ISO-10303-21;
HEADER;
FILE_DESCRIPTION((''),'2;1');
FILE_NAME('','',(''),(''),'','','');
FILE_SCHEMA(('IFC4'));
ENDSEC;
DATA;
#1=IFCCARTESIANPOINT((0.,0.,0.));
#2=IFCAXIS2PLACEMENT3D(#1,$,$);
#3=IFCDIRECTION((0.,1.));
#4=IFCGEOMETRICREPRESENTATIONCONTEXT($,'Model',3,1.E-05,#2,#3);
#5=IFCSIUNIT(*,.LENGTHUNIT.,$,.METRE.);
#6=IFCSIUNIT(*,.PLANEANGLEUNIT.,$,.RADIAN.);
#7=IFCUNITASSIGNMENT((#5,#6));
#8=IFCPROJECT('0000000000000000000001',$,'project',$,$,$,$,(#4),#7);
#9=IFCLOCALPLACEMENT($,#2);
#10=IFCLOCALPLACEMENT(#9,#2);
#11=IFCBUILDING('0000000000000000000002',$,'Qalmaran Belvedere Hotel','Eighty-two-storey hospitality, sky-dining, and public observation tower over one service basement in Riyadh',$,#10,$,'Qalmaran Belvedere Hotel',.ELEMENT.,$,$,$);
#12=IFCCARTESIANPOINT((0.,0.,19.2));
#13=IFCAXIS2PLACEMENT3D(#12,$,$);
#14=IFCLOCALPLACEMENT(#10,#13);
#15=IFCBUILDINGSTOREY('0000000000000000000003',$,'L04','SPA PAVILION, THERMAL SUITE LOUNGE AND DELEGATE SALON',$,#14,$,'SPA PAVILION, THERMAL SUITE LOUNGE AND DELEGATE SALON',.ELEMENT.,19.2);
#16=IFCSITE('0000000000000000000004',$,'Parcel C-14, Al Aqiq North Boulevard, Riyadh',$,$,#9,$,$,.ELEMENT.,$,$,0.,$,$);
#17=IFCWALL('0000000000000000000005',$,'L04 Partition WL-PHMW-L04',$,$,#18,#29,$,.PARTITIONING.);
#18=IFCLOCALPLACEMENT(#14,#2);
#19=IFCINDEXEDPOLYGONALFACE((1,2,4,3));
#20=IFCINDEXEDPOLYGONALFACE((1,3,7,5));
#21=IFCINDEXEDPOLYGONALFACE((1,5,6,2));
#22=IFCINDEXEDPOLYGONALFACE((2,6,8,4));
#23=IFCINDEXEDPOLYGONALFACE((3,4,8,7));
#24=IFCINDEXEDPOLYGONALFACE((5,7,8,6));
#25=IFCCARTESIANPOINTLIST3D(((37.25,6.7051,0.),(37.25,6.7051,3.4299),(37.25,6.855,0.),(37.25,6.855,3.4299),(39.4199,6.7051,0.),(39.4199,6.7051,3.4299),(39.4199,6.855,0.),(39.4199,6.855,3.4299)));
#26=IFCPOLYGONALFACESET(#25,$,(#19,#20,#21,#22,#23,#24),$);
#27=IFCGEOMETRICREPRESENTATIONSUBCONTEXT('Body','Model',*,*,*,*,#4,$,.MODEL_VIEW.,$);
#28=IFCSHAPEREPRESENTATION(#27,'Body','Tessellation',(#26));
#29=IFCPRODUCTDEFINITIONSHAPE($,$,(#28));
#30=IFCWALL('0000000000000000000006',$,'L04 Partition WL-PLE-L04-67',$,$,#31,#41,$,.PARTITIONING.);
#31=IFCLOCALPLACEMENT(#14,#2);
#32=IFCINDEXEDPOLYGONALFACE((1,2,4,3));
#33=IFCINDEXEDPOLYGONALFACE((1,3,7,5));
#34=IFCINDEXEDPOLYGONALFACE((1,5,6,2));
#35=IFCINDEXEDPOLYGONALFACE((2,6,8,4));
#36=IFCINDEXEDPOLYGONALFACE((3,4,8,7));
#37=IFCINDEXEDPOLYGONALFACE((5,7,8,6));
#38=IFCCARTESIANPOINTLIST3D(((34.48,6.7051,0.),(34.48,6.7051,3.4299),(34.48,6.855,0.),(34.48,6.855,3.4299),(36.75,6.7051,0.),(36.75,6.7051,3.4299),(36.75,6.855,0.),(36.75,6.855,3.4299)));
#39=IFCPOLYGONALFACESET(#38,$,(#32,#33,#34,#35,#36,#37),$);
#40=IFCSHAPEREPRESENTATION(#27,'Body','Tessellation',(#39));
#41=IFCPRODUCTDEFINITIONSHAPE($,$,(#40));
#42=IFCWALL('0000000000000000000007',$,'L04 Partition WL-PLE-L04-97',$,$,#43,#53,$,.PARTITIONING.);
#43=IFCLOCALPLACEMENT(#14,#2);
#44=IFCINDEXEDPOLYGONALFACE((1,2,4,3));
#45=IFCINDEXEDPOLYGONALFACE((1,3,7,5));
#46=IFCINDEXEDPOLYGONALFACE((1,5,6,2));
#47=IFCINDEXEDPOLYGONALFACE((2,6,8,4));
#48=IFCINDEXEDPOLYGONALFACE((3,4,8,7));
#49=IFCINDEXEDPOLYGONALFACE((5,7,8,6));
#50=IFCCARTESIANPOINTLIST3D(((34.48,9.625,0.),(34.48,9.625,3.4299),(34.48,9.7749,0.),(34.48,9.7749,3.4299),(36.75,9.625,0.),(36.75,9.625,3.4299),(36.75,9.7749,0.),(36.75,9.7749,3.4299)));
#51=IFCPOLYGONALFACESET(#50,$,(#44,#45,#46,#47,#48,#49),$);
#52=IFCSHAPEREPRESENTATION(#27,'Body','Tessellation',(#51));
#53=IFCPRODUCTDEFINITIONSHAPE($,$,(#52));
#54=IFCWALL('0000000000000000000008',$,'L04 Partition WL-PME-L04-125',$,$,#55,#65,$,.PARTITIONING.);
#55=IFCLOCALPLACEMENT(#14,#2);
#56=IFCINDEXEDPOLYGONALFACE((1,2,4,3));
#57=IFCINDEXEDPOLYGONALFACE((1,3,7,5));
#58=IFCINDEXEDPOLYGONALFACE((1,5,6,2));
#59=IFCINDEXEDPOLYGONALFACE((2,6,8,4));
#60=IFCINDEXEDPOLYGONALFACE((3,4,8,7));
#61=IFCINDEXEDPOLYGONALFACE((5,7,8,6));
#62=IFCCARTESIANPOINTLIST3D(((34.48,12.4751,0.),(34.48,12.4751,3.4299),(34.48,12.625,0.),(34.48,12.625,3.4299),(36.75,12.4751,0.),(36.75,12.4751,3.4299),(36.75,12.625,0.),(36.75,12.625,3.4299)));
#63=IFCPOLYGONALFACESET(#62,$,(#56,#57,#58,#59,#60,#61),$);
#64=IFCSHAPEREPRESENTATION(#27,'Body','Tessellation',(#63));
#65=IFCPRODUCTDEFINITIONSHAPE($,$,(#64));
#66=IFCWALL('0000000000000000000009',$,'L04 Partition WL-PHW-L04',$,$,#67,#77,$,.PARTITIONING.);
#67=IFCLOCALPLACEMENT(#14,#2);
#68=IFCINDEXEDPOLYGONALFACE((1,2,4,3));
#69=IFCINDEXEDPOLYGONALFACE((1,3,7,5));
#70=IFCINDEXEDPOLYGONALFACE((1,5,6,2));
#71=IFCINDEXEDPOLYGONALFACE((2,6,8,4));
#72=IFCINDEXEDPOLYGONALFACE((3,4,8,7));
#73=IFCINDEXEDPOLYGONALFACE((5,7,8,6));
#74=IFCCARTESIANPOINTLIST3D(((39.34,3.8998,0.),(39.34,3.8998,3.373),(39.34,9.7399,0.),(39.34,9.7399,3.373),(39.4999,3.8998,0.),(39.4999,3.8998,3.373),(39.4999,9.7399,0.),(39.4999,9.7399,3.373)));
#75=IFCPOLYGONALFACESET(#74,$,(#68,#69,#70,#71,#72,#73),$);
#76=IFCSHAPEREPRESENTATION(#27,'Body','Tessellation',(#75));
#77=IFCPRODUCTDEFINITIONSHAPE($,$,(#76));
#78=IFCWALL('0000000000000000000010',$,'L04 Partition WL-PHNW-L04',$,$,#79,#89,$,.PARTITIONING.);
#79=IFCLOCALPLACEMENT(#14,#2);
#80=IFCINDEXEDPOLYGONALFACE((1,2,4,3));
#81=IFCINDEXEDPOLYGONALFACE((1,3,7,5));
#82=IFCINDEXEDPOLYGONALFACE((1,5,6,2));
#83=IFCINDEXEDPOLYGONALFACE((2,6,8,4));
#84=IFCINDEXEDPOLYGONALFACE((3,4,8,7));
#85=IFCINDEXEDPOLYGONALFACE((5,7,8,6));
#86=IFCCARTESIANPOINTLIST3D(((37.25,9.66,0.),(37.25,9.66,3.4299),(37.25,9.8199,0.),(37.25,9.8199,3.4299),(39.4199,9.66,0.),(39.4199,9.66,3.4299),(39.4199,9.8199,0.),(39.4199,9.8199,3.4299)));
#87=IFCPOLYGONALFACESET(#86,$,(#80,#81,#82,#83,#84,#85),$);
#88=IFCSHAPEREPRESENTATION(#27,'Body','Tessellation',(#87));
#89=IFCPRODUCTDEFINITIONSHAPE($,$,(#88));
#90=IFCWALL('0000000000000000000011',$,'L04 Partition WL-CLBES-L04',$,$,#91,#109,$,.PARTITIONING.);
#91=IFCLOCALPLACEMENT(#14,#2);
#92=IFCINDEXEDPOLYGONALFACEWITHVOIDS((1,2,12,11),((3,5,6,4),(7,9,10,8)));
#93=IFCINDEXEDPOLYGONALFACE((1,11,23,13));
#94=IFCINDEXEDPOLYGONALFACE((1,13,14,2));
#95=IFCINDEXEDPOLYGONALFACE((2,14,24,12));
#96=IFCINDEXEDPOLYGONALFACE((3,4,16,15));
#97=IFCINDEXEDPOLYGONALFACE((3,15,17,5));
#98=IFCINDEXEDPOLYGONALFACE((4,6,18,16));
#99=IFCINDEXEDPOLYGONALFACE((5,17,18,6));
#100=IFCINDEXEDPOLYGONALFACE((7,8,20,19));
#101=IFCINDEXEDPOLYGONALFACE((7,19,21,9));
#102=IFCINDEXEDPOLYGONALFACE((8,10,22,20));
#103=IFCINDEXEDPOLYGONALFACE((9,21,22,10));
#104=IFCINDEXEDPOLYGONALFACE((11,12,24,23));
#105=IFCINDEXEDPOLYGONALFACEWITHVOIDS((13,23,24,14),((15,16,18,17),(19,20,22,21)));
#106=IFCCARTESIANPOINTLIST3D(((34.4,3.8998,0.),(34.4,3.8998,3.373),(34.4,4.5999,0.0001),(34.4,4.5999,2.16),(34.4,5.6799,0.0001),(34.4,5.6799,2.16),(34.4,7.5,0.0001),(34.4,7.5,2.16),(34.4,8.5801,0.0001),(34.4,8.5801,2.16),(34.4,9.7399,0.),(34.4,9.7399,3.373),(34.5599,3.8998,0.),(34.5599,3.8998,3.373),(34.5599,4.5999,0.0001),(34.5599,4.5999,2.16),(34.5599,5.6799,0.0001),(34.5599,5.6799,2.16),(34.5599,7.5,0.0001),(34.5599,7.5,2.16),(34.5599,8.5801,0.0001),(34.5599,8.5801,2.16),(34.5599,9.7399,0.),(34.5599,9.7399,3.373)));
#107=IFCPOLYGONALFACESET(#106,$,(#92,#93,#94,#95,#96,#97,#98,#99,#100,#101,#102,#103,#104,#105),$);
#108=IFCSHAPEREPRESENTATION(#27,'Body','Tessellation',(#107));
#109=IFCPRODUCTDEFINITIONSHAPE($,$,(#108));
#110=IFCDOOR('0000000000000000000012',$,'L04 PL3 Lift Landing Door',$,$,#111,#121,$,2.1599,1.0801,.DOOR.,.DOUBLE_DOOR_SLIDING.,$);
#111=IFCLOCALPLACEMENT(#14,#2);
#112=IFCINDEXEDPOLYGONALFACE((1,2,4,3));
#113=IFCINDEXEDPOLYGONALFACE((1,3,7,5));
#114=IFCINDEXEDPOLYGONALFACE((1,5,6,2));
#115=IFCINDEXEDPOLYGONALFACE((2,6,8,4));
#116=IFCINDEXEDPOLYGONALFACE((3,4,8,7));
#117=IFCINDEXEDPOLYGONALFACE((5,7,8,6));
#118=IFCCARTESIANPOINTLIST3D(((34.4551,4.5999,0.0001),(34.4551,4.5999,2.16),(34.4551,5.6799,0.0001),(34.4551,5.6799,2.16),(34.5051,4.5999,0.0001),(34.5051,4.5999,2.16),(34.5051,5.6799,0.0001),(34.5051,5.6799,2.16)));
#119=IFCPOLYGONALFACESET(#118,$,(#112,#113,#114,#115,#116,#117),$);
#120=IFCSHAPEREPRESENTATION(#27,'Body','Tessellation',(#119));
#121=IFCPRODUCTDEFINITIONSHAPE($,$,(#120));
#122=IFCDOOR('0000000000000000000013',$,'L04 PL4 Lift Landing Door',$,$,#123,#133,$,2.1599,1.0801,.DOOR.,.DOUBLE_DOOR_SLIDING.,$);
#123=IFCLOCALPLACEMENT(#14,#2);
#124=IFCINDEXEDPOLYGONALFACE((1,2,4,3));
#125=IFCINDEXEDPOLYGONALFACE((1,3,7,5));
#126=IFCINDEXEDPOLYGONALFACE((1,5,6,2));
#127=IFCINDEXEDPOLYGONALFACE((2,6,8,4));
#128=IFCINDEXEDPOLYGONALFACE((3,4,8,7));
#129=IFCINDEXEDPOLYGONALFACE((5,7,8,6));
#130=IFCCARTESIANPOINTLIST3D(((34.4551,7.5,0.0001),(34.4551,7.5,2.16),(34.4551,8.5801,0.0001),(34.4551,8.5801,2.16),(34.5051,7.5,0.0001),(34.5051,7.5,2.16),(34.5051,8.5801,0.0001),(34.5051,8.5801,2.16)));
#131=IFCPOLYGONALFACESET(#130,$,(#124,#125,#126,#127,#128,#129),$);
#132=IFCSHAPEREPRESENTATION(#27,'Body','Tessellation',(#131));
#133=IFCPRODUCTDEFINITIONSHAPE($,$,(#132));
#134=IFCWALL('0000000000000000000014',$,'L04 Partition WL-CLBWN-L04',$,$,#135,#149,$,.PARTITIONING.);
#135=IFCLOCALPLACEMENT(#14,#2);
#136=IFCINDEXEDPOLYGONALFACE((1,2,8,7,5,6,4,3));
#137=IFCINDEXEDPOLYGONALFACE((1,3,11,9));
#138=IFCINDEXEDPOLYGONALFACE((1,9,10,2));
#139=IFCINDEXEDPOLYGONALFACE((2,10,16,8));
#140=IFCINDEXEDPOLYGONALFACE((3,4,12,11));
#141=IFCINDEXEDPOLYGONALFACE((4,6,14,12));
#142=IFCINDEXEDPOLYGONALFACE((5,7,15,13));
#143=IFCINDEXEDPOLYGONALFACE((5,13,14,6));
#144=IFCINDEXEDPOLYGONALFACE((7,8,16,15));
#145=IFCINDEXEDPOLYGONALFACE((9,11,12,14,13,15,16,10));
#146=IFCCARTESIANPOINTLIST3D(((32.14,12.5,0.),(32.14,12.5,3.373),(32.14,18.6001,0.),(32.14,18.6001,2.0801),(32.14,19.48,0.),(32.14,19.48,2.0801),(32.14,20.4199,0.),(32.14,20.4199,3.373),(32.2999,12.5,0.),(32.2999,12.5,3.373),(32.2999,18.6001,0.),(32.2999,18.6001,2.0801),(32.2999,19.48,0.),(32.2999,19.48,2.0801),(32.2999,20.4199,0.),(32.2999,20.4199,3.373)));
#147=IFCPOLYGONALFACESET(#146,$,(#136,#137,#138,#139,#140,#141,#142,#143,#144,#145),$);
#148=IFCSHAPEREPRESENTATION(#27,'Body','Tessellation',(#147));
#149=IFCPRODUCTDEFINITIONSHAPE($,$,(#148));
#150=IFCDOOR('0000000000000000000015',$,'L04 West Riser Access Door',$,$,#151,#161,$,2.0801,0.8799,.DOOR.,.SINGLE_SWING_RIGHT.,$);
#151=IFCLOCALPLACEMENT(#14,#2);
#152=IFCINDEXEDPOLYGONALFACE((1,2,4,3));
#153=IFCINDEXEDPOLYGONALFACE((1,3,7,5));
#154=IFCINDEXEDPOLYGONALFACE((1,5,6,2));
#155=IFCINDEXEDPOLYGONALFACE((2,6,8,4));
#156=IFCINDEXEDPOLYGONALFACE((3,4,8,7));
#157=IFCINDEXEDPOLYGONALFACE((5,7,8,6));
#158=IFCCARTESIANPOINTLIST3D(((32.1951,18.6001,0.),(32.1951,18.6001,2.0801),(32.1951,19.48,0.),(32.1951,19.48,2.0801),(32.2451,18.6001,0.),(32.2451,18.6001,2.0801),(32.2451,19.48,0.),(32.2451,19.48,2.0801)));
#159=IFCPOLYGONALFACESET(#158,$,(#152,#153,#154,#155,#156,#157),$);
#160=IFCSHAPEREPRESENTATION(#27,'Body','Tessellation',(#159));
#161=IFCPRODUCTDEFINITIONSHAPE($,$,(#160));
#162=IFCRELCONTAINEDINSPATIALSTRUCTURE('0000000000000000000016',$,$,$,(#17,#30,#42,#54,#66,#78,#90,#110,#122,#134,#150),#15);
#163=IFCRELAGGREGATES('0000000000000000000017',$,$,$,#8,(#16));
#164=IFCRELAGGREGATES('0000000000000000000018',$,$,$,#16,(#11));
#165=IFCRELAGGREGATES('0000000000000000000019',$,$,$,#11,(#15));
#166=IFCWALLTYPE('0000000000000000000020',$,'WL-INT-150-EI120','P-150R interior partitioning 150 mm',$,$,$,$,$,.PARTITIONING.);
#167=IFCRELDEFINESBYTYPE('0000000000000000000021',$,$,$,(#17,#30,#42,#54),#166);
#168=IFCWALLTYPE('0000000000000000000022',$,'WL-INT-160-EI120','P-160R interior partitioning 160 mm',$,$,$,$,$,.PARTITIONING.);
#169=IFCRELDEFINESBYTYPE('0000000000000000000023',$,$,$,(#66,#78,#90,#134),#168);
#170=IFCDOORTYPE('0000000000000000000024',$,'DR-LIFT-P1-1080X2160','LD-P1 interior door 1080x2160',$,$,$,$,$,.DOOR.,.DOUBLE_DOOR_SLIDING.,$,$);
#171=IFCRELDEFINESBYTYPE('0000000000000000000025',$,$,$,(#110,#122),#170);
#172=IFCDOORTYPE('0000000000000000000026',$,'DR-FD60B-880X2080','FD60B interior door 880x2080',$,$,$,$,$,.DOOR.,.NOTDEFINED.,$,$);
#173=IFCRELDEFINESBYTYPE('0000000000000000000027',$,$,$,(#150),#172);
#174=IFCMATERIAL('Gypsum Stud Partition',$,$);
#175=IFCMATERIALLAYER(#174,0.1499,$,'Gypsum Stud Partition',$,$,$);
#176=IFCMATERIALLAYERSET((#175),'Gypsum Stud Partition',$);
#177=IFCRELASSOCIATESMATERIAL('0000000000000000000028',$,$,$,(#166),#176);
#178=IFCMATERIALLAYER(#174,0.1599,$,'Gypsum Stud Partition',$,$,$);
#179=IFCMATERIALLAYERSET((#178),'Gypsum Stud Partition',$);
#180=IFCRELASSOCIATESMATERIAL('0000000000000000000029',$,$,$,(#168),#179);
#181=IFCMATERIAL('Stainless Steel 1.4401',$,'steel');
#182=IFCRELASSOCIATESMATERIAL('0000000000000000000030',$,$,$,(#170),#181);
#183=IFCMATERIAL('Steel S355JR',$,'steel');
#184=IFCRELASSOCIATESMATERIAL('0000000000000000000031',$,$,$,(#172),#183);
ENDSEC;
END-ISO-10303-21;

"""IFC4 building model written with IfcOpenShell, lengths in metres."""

from ifc_helpers import new_model, si_unit, direction, frame, frame_2d, origin, place, context, subcontext, project, spatial, rectangle, extrude, material, layer, layer_set, type_object, element, fill, save


model = new_model("IFC4")

# Units and contexts
model_context = context("Model", 3, precision=1e-05, world=origin(), true_north=direction((0.0, 1.0)))
body_context = subcontext(model_context, "Body", "Model", "MODEL_VIEW")
ifc_project = project(units=[si_unit("LENGTHUNIT", "METRE"), si_unit("PLANEANGLEUNIT", "RADIAN")], contexts=[model_context])

# Site, building, storey
site_placement = place(None, origin())
site = spatial("IfcSite", under=ifc_project, at=site_placement, Name="Parcel C-14, Al Aqiq North Boulevard, Riyadh", CompositionType="ELEMENT", RefElevation=0.0)
building_placement = place(site_placement, origin())
building = spatial("IfcBuilding", under=site, at=building_placement, Name="Qalmaran Belvedere Hotel", Description="Eighty-two-storey hospitality, sky-dining, and public observation tower over one service basement in Riyadh", LongName="Qalmaran Belvedere Hotel", CompositionType="ELEMENT")
storey_placement = place(building_placement, frame((0.0, 0.0, 19.2)))
storey = spatial("IfcBuildingStorey", under=building, at=storey_placement, Name="L04", Description="SPA PAVILION, THERMAL SUITE LOUNGE AND DELEGATE SALON", LongName="SPA PAVILION, THERMAL SUITE LOUNGE AND DELEGATE SALON", CompositionType="ELEMENT", Elevation=19.2)

# Walls
ifc_material_1 = material(Name="Gypsum Stud Partition")
ifc_layer_1 = layer(ifc_material_1, 0.1499, Name="Gypsum Stud Partition")
ifc_layer_set_1 = layer_set([ifc_layer_1], Name="Gypsum Stud Partition")
wall_type_1 = type_object("IfcWallType", Name="WL-INT-150-EI120", Description="P-150R interior partitioning 150 mm", PredefinedType="PARTITIONING", material=ifc_layer_set_1)
wall_1_placement = place(storey_placement, frame((37.25, 6.78, 0.0), z_axis=(0.0, 0.0, 1.0), x_axis=(1.0, 0.0, 0.0)))
element("IfcWall", 1, at=wall_1_placement, inside=storey, type_object=wall_type_1, Name="L04 Partition WL-PHMW-L04", PredefinedType="PARTITIONING", context=body_context, shape_type="SweptSolid", body=[
    extrude(rectangle(XDim=2.1699, YDim=0.1499, at=frame_2d((1.085, 0.0))), origin(), (0.0, 0.0, 1.0), 3.4299),
])
for number, where, z_axis, x_axis, name in (
    (2, (34.48, 6.78, 0.0), (0.0, 0.0, 1.0), (1.0, 0.0, 0.0), "L04 Partition WL-PLE-L04-67"),
    (3, (34.48, 9.7, 0.0), (0.0, 0.0, 1.0), (1.0, 0.0, 0.0), "L04 Partition WL-PLE-L04-97"),
    (4, (34.48, 12.55, 0.0), (0.0, 0.0, 1.0), (1.0, 0.0, 0.0), "L04 Partition WL-PME-L04-125"),
):
    element("IfcWall", number, at=place(storey_placement, frame(where, z_axis=z_axis, x_axis=x_axis)), inside=storey, type_object=wall_type_1, Name=name, PredefinedType="PARTITIONING", context=body_context, shape_type="SweptSolid", body=[
        extrude(rectangle(XDim=2.27, YDim=0.1499, at=frame_2d((1.135, 0.0))), origin(), (0.0, 0.0, 1.0), 3.4299),
    ])
ifc_layer_2 = layer(ifc_material_1, 0.1599, Name="Gypsum Stud Partition")
ifc_layer_set_2 = layer_set([ifc_layer_2], Name="Gypsum Stud Partition")
wall_type_2 = type_object("IfcWallType", Name="WL-INT-160-EI120", Description="P-160R interior partitioning 160 mm", PredefinedType="PARTITIONING", material=ifc_layer_set_2)
wall_2_placement = place(storey_placement, frame((39.4199, 3.8999, 0.0), z_axis=(0.0, 0.0, 1.0), x_axis=(0.0, 1.0, 0.0)))
element("IfcWall", 5, at=wall_2_placement, inside=storey, type_object=wall_type_2, Name="L04 Partition WL-PHW-L04", PredefinedType="PARTITIONING", context=body_context, shape_type="SweptSolid", body=[
    extrude(rectangle(XDim=5.8401, YDim=0.1599, at=frame_2d((2.9199, 0.0))), origin(), (0.0, 0.0, 1.0), 3.373),
])
wall_3_placement = place(storey_placement, frame((37.25, 9.74, 0.0), z_axis=(0.0, 0.0, 1.0), x_axis=(1.0, 0.0, 0.0)))
element("IfcWall", 6, at=wall_3_placement, inside=storey, type_object=wall_type_2, Name="L04 Partition WL-PHNW-L04", PredefinedType="PARTITIONING", context=body_context, shape_type="SweptSolid", body=[
    extrude(rectangle(XDim=2.1699, YDim=0.1599, at=frame_2d((1.085, 0.0))), origin(), (0.0, 0.0, 1.0), 3.4299),
])

# Wall, openings, doors
wall_4_placement = place(storey_placement, frame((34.48, 3.8999, 0.0), z_axis=(0.0, 0.0, 1.0), x_axis=(0.0, 1.0, 0.0)))
wall_4 = element("IfcWall", 7, at=wall_4_placement, inside=storey, type_object=wall_type_2, Name="L04 Partition WL-CLBES-L04", PredefinedType="PARTITIONING", context=body_context, shape_type="SweptSolid", body=[
    extrude(rectangle(XDim=5.8401, YDim=0.1599, at=frame_2d((2.9199, 0.0))), origin(), (0.0, 0.0, 1.0), 3.373),
])
opening_1_placement = place(wall_4_placement, frame((0.7, 0.0, 0.0)))
opening_1 = element("IfcOpeningElement", 8, at=opening_1_placement, cuts=wall_4, PredefinedType="OPENING", context=body_context, shape_type="SweptSolid", body=[
    extrude(rectangle(XDim=1.0801, YDim=2.1599, at=frame_2d((0.54, 1.0801))), frame((0.0, 0.0898, 0.0), z_axis=(0.0, -1.0, 0.0), x_axis=(1.0, 0.0, 0.0)), (0.0, 0.0, 1.0), 0.1799),
])
opening_2_placement = place(wall_4_placement, frame((3.6001, 0.0, 0.0)))
opening_2 = element("IfcOpeningElement", 9, at=opening_2_placement, cuts=wall_4, PredefinedType="OPENING", context=body_context, shape_type="SweptSolid", body=[
    extrude(rectangle(XDim=1.0801, YDim=2.1599, at=frame_2d((0.54, 1.0801))), frame((0.0, 0.0898, 0.0), z_axis=(0.0, -1.0, 0.0), x_axis=(1.0, 0.0, 0.0)), (0.0, 0.0, 1.0), 0.1799),
])
ifc_material_2 = material(Name="Stainless Steel 1.4401", Category="steel")
door_type_1 = type_object("IfcDoorType", Name="DR-LIFT-P1-1080X2160", Description="LD-P1 interior door 1080x2160", OperationType="DOUBLE_DOOR_SLIDING", PredefinedType="DOOR", material=ifc_material_2)
door_1_placement = place(opening_1_placement, origin())
door_1 = element("IfcDoor", 10, at=door_1_placement, inside=storey, type_object=door_type_1, Name="L04 PL3 Lift Landing Door", OperationType="DOUBLE_DOOR_SLIDING", OverallHeight=2.1599, OverallWidth=1.0801, PredefinedType="DOOR", context=body_context, shape_type="SweptSolid", body=[
    extrude(rectangle(XDim=1.0801, YDim=2.1599, at=frame_2d((0.54, 1.0801))), frame((0.0, 0.0249, 0.0), z_axis=(0.0, -1.0, 0.0), x_axis=(1.0, 0.0, 0.0)), (0.0, 0.0, 1.0), 0.05),
])
fill(opening_1, door_1)
door_2_placement = place(opening_2_placement, origin())
door_2 = element("IfcDoor", 11, at=door_2_placement, inside=storey, type_object=door_type_1, Name="L04 PL4 Lift Landing Door", OperationType="DOUBLE_DOOR_SLIDING", OverallHeight=2.1599, OverallWidth=1.0801, PredefinedType="DOOR", context=body_context, shape_type="SweptSolid", body=[
    extrude(rectangle(XDim=1.0801, YDim=2.1599, at=frame_2d((0.54, 1.0801))), frame((0.0, 0.0249, 0.0), z_axis=(0.0, -1.0, 0.0), x_axis=(1.0, 0.0, 0.0)), (0.0, 0.0, 1.0), 0.05),
])
fill(opening_2, door_2)

# Wall, opening, door
wall_5_placement = place(storey_placement, frame((32.22, 12.5, 0.0), z_axis=(0.0, 0.0, 1.0), x_axis=(0.0, 1.0, 0.0)))
wall_5 = element("IfcWall", 12, at=wall_5_placement, inside=storey, type_object=wall_type_2, Name="L04 Partition WL-CLBWN-L04", PredefinedType="PARTITIONING", context=body_context, shape_type="SweptSolid", body=[
    extrude(rectangle(XDim=7.9199, YDim=0.1599, at=frame_2d((3.96, 0.0))), origin(), (0.0, 0.0, 1.0), 3.373),
])
opening_3_placement = place(wall_5_placement, frame((6.1001, 0.0, 0.0)))
opening_3 = element("IfcOpeningElement", 13, at=opening_3_placement, cuts=wall_5, PredefinedType="OPENING", context=body_context, shape_type="SweptSolid", body=[
    extrude(rectangle(XDim=0.8799, YDim=2.0801, at=frame_2d((0.4399, 1.04))), frame((0.0, 0.0898, 0.0), z_axis=(0.0, -1.0, 0.0), x_axis=(1.0, 0.0, 0.0)), (0.0, 0.0, 1.0), 0.1799),
])
ifc_material_3 = material(Name="Steel S355JR", Category="steel")
door_type_2 = type_object("IfcDoorType", Name="DR-FD60B-880X2080", Description="FD60B interior door 880x2080", OperationType="NOTDEFINED", PredefinedType="DOOR", material=ifc_material_3)
door_3_placement = place(opening_3_placement, origin())
door_3 = element("IfcDoor", 14, at=door_3_placement, inside=storey, type_object=door_type_2, Name="L04 West Riser Access Door", OperationType="SINGLE_SWING_RIGHT", OverallHeight=2.0801, OverallWidth=0.8799, PredefinedType="DOOR", context=body_context, shape_type="SweptSolid", body=[
    extrude(rectangle(XDim=0.8799, YDim=2.0801, at=frame_2d((0.4399, 1.04))), frame((0.0, 0.0249, 0.0), z_axis=(0.0, -1.0, 0.0), x_axis=(1.0, 0.0, 0.0)), (0.0, 0.0, 1.0), 0.05),
])
fill(opening_3, door_3)

save(model, "model.ifc")
